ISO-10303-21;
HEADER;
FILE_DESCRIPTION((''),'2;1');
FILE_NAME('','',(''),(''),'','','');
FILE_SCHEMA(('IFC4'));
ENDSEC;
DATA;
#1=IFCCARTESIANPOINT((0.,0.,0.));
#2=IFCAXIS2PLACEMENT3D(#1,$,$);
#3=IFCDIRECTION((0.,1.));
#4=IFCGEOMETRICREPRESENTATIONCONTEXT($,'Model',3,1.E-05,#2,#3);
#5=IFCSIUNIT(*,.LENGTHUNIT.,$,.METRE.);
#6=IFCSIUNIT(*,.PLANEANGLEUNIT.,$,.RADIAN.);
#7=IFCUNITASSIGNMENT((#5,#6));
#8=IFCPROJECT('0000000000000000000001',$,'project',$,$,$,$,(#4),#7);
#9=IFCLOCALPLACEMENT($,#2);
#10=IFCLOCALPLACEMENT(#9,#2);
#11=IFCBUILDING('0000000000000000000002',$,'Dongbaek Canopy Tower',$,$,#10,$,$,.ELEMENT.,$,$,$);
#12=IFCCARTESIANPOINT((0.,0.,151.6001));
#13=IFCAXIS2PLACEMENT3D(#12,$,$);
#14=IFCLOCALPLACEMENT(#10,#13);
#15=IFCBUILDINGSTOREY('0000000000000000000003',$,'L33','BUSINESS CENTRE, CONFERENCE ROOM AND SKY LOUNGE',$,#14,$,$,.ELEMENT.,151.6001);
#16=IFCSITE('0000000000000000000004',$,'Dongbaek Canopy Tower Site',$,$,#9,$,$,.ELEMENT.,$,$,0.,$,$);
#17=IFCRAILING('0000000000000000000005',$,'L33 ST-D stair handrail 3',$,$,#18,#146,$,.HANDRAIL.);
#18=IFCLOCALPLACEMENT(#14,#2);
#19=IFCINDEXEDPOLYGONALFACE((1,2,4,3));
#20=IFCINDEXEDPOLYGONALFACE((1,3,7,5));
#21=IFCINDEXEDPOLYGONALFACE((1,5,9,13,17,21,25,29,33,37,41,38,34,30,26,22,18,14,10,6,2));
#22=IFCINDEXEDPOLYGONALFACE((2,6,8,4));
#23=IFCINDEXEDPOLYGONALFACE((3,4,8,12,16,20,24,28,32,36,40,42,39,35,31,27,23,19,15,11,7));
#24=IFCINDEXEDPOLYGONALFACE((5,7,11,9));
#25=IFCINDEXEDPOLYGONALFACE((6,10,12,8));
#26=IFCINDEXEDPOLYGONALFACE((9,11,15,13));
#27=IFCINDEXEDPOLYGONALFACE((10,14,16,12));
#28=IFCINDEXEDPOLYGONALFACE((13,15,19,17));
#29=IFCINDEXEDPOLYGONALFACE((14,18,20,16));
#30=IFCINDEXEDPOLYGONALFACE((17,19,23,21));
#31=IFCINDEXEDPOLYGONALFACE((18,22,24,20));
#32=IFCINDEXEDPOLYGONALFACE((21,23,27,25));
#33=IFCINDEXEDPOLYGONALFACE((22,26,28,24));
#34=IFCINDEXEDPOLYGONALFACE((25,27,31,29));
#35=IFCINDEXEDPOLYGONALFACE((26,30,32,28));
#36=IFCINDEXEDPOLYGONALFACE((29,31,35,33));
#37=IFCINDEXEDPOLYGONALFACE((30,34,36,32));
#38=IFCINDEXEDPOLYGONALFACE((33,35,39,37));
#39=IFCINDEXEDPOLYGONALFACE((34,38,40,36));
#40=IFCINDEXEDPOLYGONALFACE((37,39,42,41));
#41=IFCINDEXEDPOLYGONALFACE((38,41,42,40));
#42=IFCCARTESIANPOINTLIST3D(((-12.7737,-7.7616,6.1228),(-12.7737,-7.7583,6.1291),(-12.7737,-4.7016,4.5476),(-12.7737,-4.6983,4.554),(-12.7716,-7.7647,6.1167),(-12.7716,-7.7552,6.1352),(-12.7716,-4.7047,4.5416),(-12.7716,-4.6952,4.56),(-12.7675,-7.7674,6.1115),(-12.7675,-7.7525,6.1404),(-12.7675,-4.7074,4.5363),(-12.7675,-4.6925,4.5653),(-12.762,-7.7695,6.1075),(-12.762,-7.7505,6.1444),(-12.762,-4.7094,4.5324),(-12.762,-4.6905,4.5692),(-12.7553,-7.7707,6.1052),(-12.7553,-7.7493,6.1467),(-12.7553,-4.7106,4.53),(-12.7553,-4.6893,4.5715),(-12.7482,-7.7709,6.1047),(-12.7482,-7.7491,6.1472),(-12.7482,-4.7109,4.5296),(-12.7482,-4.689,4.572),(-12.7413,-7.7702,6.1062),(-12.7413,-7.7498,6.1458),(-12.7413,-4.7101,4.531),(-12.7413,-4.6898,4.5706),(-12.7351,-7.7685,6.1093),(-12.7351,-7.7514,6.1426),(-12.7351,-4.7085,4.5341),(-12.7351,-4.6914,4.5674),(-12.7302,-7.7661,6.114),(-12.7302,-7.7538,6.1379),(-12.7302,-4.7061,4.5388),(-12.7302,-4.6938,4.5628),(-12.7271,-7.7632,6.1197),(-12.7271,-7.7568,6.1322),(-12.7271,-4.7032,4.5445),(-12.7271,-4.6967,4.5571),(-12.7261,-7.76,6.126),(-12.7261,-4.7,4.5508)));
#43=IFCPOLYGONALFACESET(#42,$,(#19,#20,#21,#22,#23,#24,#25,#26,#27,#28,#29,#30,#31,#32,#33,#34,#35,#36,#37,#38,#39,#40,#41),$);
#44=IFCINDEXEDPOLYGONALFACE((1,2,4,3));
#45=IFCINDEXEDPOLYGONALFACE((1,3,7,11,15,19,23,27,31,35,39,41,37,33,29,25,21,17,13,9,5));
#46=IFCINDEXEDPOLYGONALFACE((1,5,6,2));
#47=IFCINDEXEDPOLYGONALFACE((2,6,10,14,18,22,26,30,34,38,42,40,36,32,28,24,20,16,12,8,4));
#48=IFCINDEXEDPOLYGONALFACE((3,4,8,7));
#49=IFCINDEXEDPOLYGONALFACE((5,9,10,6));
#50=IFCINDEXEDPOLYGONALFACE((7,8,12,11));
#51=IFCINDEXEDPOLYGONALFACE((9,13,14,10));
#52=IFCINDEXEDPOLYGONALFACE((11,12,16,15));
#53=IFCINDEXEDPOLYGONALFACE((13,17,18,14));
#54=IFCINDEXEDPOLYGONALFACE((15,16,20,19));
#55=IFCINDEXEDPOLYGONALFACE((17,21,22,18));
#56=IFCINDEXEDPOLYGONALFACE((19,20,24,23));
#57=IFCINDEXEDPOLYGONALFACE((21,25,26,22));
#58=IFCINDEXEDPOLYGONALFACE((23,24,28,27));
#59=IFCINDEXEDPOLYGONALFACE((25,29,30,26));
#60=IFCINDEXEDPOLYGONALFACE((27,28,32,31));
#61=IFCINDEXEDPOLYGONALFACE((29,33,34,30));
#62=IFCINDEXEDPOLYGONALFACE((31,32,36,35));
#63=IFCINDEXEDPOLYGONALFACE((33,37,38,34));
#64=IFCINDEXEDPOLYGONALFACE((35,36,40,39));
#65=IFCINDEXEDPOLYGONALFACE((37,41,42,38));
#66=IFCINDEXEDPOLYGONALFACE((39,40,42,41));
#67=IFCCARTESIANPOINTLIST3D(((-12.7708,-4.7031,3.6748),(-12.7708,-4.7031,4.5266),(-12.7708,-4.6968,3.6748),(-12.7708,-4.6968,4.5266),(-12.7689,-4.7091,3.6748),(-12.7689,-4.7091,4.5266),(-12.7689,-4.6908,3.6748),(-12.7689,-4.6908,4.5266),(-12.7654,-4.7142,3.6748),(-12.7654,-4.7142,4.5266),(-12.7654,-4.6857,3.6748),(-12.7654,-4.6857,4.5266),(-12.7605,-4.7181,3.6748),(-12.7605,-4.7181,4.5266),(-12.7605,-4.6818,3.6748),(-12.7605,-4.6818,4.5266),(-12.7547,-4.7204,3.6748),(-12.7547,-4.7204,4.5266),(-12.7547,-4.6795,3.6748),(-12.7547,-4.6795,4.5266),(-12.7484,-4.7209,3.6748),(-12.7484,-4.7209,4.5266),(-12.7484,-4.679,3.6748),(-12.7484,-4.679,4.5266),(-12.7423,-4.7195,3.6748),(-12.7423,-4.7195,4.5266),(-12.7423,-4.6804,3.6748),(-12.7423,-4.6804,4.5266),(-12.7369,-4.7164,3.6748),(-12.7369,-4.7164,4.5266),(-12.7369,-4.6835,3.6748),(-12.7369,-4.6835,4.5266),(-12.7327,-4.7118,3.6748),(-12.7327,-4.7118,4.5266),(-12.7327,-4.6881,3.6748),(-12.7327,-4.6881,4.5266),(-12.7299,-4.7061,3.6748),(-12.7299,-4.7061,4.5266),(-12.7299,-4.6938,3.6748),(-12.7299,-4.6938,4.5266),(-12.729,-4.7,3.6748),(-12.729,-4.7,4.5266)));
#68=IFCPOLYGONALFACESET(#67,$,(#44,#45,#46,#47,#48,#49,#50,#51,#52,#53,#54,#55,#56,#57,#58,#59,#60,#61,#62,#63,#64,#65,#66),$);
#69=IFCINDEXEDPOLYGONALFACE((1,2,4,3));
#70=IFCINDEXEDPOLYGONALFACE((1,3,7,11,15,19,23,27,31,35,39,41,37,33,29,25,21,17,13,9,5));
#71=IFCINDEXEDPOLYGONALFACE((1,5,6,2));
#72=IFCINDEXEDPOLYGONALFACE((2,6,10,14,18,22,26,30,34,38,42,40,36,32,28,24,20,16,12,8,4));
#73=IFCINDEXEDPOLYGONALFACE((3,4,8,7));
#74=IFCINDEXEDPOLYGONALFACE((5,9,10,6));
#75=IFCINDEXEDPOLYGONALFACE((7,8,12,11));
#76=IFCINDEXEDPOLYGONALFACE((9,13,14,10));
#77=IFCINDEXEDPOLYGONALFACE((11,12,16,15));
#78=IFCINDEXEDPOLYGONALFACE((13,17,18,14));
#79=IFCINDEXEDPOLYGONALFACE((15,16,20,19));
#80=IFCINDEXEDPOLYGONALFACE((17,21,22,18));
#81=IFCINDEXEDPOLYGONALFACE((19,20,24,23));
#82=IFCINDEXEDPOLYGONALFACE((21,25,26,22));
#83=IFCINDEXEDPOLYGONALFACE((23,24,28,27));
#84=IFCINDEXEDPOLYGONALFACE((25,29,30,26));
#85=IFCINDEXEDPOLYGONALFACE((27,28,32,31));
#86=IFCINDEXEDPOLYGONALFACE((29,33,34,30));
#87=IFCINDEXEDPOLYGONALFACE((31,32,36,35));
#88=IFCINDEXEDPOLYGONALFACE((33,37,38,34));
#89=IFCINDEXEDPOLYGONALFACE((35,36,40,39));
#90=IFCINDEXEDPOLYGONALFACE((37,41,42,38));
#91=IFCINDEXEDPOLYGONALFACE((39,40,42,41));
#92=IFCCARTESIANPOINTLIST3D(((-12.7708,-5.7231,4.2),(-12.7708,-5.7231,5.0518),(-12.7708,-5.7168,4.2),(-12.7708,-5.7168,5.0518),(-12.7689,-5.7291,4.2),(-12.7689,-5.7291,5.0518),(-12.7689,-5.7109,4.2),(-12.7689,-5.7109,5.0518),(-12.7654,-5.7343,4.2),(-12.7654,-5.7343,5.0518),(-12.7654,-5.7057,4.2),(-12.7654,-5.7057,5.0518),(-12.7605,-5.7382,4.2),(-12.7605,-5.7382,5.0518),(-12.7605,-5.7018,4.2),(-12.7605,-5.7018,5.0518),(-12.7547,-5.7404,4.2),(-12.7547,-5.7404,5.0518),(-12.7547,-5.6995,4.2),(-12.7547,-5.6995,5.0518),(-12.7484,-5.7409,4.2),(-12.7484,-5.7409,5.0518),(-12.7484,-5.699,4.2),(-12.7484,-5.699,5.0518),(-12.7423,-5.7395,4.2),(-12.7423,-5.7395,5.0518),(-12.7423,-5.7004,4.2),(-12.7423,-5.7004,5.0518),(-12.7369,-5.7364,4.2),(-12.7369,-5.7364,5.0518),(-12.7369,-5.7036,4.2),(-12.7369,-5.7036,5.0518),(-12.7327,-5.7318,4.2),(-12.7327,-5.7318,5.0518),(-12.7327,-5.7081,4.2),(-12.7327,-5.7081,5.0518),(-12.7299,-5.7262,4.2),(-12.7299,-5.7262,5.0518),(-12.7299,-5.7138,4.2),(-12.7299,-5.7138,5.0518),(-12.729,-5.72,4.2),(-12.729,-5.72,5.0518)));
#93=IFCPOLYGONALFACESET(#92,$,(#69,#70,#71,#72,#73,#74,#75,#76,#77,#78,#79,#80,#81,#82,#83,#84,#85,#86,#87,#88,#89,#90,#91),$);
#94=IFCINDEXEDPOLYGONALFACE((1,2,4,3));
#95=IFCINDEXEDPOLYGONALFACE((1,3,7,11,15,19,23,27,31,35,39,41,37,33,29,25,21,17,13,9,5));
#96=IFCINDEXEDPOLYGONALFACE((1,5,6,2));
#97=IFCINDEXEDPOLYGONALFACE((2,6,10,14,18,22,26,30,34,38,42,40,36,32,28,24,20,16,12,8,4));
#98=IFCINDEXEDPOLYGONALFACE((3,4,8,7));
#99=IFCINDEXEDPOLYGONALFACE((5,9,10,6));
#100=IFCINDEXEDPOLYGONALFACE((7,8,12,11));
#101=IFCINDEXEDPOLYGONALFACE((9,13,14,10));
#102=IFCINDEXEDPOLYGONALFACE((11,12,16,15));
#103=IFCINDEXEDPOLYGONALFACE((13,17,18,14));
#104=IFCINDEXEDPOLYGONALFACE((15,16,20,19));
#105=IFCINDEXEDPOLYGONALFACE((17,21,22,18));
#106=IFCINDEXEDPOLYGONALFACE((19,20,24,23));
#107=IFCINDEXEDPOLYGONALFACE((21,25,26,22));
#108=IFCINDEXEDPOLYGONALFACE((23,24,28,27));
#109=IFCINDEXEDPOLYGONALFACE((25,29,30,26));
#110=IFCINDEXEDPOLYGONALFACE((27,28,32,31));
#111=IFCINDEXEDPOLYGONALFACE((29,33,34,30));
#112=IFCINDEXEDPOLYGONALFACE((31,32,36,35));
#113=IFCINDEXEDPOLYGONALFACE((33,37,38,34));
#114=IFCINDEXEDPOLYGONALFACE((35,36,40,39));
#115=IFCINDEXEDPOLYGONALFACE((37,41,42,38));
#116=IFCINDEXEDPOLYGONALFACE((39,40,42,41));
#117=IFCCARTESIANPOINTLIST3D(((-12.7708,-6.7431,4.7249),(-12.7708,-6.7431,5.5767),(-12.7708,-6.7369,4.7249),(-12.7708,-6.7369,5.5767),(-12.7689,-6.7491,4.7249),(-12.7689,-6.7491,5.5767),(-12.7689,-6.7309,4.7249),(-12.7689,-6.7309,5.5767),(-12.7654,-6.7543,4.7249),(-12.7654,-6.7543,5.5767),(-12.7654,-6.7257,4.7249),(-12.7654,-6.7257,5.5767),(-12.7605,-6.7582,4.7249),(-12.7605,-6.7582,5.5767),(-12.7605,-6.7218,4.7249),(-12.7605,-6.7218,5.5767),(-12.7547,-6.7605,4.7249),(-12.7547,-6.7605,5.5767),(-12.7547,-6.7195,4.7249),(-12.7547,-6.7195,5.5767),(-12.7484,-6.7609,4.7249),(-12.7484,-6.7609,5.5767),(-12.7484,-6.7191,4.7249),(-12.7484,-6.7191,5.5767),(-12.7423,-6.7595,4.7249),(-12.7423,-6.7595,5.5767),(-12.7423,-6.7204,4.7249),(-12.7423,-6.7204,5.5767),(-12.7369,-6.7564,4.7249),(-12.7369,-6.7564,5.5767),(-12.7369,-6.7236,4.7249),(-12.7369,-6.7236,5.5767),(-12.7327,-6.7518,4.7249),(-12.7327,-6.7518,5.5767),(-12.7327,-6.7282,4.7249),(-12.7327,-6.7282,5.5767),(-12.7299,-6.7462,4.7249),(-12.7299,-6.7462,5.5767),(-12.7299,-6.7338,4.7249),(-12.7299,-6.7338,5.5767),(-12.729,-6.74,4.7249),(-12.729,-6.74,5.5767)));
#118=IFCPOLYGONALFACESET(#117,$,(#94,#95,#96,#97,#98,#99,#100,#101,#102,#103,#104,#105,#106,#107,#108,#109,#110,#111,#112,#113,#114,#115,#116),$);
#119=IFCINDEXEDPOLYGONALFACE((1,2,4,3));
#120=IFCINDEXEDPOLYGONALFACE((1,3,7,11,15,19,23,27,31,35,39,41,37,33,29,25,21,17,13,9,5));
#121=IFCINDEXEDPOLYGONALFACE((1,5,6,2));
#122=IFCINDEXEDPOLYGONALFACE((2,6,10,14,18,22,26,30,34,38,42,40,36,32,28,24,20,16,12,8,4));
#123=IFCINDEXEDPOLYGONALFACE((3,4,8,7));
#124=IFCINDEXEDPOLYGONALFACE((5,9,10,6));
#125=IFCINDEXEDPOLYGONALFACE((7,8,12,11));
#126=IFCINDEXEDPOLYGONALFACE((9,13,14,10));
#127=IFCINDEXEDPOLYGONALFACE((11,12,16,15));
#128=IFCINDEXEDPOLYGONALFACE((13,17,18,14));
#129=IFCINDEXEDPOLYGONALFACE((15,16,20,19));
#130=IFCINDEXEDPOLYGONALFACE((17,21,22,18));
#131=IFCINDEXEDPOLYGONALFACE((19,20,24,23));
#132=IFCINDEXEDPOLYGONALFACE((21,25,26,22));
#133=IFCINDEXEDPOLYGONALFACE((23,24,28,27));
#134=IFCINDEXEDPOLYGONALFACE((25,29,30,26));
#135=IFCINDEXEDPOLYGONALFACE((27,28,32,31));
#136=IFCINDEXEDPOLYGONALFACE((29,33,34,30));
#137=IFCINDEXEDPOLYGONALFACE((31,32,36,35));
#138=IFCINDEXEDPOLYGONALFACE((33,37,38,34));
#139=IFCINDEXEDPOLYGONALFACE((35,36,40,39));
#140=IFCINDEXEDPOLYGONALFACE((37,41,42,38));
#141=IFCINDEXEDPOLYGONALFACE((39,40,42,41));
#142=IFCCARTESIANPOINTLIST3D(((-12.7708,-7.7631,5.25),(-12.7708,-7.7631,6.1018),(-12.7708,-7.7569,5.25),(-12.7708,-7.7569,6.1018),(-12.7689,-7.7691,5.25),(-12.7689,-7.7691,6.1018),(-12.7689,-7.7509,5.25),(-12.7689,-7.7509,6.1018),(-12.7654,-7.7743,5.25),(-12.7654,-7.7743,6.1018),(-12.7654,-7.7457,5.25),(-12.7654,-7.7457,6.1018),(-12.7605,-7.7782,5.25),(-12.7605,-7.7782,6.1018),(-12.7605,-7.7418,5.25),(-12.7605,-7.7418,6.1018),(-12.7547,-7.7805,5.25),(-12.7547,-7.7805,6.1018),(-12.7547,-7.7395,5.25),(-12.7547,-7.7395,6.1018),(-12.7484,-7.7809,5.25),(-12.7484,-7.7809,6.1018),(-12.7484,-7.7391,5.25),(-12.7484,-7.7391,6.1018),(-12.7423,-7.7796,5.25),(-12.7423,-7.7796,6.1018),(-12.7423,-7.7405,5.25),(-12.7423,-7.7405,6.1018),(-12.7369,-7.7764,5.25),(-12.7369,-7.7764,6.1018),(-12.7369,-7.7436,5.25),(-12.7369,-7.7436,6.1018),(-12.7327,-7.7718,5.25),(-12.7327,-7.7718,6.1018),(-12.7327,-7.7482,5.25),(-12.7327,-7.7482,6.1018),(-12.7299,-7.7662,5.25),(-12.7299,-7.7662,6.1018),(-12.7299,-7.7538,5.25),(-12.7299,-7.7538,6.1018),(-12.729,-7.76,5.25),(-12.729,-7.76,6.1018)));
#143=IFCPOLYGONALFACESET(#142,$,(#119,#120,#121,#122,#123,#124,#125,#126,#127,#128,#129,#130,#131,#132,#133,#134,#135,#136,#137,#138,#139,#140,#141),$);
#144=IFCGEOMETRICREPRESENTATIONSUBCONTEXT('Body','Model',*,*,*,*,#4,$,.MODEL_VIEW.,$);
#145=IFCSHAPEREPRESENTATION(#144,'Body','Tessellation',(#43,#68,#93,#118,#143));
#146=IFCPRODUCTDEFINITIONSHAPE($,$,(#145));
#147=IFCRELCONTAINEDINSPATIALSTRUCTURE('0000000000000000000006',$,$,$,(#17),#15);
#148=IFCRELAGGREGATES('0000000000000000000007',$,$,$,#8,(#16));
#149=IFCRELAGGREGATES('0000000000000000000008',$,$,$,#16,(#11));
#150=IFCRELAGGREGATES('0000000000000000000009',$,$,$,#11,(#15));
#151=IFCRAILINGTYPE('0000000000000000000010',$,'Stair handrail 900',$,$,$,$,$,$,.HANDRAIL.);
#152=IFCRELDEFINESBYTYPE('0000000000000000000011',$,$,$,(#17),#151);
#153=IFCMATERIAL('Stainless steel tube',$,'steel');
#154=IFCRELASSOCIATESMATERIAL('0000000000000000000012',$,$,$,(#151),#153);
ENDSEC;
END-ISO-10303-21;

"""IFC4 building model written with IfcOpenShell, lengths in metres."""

from ifc_helpers import new_model, si_unit, direction, frame, origin, origin_2d, place, context, subcontext, project, spatial, circle, extrude, material, type_object, element, save


model = new_model("IFC4")

# Units and contexts
model_context = context("Model", 3, precision=1e-05, world=origin(), true_north=direction((0.0, 1.0)))
body_context = subcontext(model_context, "Body", "Model", "MODEL_VIEW")
ifc_project = project(units=[si_unit("LENGTHUNIT", "METRE"), si_unit("PLANEANGLEUNIT", "RADIAN")], contexts=[model_context])

# Site, building, storey
site_placement = place(None, origin())
site = spatial("IfcSite", under=ifc_project, at=site_placement, Name="Dongbaek Canopy Tower Site", CompositionType="ELEMENT", RefElevation=0.0)
building_placement = place(site_placement, origin())
building = spatial("IfcBuilding", under=site, at=building_placement, Name="Dongbaek Canopy Tower", CompositionType="ELEMENT")
storey_placement = place(building_placement, frame((0.0, 0.0, 151.6001)))
storey = spatial("IfcBuildingStorey", under=building, at=storey_placement, Name="L33", Description="BUSINESS CENTRE, CONFERENCE ROOM AND SKY LOUNGE", CompositionType="ELEMENT", Elevation=151.6001)

# Railing
ifc_material_1 = material(Name="Stainless steel tube", Category="steel")
railing_type_1 = type_object("IfcRailingType", Name="Stair handrail 900", PredefinedType="HANDRAIL", material=ifc_material_1)
for number, where, name in (
    (1, (-12.75, -4.7, 3.6748), "L33 ST-D stair handrail 3"),
):
    element("IfcRailing", number, at=place(storey_placement, frame(where)), inside=storey, type_object=railing_type_1, Name=name, PredefinedType="HANDRAIL", context=body_context, shape_type="SweptSolid", body=[
        extrude(circle(Radius=0.0239, at=origin_2d()), frame((0.0, 0.0, 0.876), z_axis=(0.0, -0.889116, 0.457681), x_axis=(1.0, 0.0, 0.0)), (0.0, 0.0, 1.0), 3.4417),
        extrude(circle(Radius=0.021, at=origin_2d()), origin(), (0.0, 0.0, 1.0), 0.8518),
        extrude(circle(Radius=0.021, at=origin_2d()), frame((0.0, -1.02, 0.5251)), (0.0, 0.0, 1.0), 0.8518),
        extrude(circle(Radius=0.021, at=origin_2d()), frame((0.0, -2.04, 1.05)), (0.0, 0.0, 1.0), 0.8518),
        extrude(circle(Radius=0.021, at=origin_2d()), frame((0.0, -3.0601, 1.5752)), (0.0, 0.0, 1.0), 0.8518),
    ])

save(model, "model.ifc")
